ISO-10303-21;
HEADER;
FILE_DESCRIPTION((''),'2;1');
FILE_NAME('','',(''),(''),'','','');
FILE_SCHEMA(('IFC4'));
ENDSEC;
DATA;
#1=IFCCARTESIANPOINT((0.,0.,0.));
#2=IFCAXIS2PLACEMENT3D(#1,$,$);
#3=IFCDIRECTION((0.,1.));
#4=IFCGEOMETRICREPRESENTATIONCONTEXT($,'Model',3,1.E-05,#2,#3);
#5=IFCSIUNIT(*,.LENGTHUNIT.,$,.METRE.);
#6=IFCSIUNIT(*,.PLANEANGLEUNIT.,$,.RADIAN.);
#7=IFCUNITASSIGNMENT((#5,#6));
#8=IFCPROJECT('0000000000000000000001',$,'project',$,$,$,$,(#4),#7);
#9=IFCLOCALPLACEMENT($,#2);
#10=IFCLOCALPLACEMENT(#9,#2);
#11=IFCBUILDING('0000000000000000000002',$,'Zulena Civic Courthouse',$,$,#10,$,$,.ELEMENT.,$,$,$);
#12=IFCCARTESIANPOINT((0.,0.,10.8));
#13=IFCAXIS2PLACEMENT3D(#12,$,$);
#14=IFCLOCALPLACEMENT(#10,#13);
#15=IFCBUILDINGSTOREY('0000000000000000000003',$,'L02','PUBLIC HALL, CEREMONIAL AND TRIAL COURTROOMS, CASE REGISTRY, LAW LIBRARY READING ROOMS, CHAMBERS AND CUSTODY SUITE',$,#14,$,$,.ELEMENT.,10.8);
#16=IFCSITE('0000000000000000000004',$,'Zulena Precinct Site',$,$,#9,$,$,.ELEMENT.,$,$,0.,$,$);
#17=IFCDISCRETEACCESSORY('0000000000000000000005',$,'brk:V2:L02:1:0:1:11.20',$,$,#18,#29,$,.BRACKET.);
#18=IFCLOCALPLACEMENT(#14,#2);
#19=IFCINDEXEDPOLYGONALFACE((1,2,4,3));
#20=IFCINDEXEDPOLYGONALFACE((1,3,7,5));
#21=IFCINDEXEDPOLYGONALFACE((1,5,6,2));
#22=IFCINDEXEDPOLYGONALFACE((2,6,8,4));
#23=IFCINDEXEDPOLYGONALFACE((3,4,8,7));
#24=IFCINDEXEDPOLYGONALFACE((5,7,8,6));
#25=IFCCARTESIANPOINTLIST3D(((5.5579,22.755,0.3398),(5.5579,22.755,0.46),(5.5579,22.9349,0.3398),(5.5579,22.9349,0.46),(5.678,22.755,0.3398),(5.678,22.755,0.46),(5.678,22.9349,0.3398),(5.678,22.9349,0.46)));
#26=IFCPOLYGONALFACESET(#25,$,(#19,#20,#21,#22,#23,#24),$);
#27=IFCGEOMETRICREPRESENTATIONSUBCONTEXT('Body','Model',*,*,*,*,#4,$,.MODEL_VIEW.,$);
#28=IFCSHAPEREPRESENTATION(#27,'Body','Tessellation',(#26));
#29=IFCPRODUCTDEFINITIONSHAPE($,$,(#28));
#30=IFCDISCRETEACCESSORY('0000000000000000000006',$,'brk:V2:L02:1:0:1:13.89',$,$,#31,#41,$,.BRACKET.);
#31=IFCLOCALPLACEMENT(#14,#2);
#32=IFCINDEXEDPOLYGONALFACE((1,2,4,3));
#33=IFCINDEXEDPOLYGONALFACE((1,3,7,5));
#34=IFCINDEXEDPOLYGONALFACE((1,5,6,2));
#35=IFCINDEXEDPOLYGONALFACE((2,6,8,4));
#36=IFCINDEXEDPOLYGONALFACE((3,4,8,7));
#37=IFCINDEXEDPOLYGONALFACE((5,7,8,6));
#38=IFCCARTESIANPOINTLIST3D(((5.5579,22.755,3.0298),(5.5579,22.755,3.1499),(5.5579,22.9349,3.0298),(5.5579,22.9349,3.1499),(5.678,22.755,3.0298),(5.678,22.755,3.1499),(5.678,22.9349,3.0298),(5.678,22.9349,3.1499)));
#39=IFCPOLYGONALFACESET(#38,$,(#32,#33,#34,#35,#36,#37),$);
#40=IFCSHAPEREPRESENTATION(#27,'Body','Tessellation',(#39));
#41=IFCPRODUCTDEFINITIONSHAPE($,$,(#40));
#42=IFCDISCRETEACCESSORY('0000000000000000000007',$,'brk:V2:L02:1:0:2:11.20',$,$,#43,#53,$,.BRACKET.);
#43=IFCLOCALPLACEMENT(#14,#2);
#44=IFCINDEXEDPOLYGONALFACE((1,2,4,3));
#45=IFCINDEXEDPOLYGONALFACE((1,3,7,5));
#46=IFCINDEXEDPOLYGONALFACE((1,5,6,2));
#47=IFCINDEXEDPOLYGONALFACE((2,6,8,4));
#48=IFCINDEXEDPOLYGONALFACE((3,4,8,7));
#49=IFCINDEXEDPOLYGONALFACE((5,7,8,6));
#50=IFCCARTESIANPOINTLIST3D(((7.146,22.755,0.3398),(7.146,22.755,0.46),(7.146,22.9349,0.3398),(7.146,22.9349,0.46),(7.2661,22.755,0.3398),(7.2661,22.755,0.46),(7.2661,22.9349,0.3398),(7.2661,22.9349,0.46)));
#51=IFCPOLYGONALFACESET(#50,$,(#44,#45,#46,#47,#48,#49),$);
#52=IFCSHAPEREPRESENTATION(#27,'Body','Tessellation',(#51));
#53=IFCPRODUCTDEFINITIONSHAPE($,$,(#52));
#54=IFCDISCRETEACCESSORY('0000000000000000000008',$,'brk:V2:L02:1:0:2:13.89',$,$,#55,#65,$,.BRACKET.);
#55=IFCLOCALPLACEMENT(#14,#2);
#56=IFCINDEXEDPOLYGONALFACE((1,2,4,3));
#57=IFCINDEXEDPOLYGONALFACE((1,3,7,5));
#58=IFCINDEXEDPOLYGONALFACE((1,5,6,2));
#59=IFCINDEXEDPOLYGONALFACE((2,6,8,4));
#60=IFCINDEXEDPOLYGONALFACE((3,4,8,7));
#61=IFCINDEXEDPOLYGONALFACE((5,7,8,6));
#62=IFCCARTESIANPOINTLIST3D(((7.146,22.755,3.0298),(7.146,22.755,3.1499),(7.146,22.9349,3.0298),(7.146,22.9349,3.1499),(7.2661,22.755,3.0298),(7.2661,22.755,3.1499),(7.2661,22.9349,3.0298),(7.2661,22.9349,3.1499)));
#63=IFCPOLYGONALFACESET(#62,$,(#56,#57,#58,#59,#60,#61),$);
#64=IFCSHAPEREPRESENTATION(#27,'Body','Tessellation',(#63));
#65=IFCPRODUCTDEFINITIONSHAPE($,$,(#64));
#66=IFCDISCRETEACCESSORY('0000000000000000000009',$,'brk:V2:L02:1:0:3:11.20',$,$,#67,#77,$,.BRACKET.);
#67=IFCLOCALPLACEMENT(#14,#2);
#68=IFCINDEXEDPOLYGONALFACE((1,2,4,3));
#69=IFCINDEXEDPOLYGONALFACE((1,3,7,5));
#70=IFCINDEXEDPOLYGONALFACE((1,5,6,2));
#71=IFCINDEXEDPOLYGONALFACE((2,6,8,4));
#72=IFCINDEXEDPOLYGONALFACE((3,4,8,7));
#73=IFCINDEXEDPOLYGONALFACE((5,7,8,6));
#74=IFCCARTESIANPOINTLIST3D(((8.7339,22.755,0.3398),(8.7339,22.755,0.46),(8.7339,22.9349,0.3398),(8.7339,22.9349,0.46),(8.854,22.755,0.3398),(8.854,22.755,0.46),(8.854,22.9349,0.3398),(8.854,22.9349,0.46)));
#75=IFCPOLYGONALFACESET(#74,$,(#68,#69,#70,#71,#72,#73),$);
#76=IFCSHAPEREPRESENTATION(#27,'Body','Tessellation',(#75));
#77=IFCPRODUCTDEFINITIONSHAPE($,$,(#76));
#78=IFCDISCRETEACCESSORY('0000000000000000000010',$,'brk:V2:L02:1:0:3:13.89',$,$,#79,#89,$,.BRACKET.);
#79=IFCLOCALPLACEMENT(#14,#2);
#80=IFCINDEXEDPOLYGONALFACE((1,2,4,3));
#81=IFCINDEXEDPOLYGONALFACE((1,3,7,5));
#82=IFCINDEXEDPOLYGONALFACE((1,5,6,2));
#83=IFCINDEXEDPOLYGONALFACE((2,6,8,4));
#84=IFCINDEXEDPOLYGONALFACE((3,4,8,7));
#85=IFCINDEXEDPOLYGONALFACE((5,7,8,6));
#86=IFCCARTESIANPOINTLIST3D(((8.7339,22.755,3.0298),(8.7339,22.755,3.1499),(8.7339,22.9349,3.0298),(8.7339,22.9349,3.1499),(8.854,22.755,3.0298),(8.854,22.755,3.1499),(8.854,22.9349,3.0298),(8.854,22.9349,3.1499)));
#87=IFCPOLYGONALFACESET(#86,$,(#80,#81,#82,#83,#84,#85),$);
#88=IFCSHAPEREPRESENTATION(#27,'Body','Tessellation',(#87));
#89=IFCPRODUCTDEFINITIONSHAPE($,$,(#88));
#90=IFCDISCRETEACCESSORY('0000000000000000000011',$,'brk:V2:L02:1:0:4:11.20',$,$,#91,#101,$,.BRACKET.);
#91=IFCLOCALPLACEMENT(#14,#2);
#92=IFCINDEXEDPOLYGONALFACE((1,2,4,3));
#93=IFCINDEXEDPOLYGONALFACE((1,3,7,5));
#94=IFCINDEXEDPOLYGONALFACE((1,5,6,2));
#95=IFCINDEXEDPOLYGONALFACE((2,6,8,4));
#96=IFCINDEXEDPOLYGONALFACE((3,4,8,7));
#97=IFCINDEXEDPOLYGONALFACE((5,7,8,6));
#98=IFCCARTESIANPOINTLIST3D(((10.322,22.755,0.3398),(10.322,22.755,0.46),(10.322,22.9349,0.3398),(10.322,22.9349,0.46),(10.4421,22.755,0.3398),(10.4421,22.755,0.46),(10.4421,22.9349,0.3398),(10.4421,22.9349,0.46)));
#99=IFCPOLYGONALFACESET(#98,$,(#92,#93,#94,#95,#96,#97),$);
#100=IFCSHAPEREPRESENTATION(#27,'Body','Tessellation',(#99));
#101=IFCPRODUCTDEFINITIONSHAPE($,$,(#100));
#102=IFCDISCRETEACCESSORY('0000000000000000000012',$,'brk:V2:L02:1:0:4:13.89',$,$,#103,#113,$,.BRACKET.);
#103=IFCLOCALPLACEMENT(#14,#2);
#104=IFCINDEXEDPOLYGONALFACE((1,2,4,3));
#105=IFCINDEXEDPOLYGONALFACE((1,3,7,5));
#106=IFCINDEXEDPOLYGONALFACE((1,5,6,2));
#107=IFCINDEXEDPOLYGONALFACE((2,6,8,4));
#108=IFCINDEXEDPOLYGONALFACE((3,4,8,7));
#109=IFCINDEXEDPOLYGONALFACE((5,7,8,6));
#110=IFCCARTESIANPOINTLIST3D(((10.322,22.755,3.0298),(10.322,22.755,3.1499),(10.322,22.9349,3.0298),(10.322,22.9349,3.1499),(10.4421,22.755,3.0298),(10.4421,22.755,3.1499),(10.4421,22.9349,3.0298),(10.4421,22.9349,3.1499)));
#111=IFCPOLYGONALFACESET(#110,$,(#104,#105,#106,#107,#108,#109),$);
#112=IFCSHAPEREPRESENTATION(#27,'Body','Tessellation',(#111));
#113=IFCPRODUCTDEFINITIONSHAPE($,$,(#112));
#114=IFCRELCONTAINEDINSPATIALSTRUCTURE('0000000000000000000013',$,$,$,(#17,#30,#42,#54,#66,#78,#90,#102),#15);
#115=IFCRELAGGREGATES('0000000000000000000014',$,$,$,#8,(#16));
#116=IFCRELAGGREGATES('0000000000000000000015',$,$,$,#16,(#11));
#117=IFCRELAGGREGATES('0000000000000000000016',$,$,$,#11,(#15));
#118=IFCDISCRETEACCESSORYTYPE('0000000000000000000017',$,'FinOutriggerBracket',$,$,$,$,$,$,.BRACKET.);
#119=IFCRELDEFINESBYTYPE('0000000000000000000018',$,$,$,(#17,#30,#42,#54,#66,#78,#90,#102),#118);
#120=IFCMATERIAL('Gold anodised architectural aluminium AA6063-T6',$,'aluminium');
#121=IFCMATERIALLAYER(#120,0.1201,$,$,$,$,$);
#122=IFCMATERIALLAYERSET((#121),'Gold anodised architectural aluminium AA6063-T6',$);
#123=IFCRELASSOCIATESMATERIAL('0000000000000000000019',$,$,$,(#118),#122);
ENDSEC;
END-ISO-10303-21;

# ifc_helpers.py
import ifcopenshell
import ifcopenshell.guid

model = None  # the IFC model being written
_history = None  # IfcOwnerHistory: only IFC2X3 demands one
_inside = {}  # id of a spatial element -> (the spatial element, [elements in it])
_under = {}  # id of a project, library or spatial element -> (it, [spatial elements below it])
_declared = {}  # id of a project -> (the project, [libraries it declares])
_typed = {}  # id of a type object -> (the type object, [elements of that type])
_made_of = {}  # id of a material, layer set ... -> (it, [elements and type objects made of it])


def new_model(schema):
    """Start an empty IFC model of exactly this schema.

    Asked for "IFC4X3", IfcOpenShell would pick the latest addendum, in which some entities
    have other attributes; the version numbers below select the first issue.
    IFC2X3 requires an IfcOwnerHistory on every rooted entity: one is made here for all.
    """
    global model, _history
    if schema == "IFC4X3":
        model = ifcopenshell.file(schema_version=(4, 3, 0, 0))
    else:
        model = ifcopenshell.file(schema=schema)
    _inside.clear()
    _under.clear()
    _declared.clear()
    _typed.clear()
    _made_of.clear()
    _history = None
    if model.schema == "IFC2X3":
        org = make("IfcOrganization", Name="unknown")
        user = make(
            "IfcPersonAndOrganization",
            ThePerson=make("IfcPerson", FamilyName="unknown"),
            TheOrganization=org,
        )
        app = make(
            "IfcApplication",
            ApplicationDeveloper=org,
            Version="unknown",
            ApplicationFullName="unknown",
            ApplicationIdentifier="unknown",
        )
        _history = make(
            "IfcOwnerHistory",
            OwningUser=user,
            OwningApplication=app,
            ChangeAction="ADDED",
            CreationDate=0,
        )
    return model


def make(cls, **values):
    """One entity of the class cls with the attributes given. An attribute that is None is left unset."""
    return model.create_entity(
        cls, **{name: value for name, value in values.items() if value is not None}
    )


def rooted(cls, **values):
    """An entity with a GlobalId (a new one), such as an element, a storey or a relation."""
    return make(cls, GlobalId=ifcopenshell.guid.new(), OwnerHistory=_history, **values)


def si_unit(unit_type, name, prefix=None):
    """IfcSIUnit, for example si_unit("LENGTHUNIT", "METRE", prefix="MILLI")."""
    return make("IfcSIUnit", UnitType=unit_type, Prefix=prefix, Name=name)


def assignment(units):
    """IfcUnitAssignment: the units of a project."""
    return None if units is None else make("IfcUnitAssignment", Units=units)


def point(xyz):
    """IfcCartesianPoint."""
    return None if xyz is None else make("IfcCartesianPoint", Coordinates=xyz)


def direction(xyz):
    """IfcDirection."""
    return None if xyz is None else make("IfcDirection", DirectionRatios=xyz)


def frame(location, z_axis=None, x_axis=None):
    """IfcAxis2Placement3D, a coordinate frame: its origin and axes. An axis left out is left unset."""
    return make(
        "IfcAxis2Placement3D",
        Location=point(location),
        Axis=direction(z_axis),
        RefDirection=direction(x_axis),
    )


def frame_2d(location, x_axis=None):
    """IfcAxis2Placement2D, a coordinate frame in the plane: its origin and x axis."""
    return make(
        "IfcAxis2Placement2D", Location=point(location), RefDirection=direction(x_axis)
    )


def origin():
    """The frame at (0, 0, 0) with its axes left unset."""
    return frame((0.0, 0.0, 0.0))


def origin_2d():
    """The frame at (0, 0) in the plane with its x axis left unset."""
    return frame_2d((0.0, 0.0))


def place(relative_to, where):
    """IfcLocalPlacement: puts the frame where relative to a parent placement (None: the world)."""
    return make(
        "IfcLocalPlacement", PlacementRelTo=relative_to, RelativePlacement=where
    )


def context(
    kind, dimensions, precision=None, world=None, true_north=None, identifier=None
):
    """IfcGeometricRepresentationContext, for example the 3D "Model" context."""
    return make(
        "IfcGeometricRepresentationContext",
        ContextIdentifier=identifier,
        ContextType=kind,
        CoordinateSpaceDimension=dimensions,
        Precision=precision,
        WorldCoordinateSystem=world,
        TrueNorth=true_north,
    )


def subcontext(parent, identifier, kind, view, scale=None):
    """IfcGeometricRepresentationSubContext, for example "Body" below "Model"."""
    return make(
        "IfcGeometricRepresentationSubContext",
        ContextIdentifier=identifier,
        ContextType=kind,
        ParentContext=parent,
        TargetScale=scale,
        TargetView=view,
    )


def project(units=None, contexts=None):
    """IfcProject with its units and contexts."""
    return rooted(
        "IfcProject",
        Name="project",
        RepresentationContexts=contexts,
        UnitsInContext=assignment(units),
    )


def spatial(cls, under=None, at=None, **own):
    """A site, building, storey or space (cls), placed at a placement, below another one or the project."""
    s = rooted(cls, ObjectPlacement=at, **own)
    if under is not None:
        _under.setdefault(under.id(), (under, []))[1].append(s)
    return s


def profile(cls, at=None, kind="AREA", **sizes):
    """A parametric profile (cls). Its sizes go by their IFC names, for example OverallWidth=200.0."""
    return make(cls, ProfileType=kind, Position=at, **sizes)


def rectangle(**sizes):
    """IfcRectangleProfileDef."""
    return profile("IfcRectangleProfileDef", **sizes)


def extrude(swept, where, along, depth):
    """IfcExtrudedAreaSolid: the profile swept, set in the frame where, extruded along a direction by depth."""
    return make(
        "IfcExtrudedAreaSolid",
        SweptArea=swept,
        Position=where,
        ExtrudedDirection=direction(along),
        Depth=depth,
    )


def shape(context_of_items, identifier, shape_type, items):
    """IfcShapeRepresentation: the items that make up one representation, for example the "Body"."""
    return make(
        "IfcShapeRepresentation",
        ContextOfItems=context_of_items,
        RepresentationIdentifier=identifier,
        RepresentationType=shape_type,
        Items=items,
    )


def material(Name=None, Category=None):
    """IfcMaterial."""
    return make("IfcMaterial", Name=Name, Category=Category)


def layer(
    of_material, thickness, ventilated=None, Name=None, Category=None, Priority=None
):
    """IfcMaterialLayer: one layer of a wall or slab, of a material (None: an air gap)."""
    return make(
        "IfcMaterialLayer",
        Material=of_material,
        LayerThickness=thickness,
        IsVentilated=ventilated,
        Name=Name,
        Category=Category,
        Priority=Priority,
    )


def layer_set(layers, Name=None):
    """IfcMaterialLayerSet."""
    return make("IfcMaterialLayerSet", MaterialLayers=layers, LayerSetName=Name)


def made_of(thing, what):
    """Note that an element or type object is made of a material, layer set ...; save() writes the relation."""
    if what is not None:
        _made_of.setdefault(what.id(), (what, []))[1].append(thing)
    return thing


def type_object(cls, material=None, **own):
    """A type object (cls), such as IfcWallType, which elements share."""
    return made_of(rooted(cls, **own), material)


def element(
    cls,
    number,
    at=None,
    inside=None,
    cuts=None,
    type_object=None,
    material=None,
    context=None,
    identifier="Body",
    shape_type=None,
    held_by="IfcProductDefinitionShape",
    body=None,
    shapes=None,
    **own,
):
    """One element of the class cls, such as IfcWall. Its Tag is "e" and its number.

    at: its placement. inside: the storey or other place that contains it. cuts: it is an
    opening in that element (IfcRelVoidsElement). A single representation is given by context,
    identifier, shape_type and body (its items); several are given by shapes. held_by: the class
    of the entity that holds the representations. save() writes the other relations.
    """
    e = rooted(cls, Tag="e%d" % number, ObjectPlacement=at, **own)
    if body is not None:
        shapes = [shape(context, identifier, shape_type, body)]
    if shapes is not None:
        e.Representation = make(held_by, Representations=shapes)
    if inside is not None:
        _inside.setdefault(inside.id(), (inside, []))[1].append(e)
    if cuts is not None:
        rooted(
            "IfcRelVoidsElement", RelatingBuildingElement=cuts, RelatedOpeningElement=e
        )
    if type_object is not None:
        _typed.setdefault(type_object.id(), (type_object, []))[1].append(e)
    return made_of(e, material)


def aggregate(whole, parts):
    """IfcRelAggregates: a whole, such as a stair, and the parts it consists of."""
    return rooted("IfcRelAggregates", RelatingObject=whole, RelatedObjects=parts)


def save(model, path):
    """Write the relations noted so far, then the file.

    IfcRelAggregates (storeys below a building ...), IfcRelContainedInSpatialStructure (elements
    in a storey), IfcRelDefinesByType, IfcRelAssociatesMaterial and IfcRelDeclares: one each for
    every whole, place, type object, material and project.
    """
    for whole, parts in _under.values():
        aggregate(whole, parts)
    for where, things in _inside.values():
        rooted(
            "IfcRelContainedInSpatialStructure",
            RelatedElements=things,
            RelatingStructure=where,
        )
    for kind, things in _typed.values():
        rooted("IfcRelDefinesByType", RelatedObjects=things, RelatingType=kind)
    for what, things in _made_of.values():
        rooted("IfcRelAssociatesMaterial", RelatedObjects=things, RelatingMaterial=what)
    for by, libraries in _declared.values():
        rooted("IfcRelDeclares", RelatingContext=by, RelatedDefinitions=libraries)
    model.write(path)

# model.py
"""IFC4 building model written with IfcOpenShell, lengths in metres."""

from ifc_helpers import new_model, si_unit, direction, frame, origin, origin_2d, place, context, subcontext, project, spatial, rectangle, extrude, material, layer, layer_set, type_object, element, save


model = new_model("IFC4")

# Units and contexts
model_context = context("Model", 3, precision=1e-05, world=origin(), true_north=direction((0.0, 1.0)))
body_context = subcontext(model_context, "Body", "Model", "MODEL_VIEW")
ifc_project = project(units=[si_unit("LENGTHUNIT", "METRE"), si_unit("PLANEANGLEUNIT", "RADIAN")], contexts=[model_context])

# Site, building, storey
site_placement = place(None, origin())
site = spatial("IfcSite", under=ifc_project, at=site_placement, Name="Zulena Precinct Site", CompositionType="ELEMENT", RefElevation=0.0)
building_placement = place(site_placement, origin())
building = spatial("IfcBuilding", under=site, at=building_placement, Name="Zulena Civic Courthouse", CompositionType="ELEMENT")
storey_placement = place(building_placement, frame((0.0, 0.0, 10.8)))
storey = spatial("IfcBuildingStorey", under=building, at=storey_placement, Name="L02", Description="PUBLIC HALL, CEREMONIAL AND TRIAL COURTROOMS, CASE REGISTRY, LAW LIBRARY READING ROOMS, CHAMBERS AND CUSTODY SUITE", CompositionType="ELEMENT", Elevation=10.8)

# Shared definitions
ifc_material_1 = material(Name="Gold anodised architectural aluminium AA6063-T6", Category="aluminium")

# Discrete accessories
ifc_layer_1 = layer(ifc_material_1, 0.1201)
ifc_layer_set_1 = layer_set([ifc_layer_1], Name="Gold anodised architectural aluminium AA6063-T6")
discrete_accessory_type = type_object("IfcDiscreteAccessoryType", Name="FinOutriggerBracket", PredefinedType="BRACKET", material=ifc_layer_set_1)
for number, where, z_axis, x_axis, name in (
    (1, (5.6179, 22.845, 0.3398), (0.0, 0.0, 1.0), (0.0, 1.0, 0.0), "brk:V2:L02:1:0:1:11.20"),
    (2, (5.6179, 22.845, 3.0298), (0.0, 0.0, 1.0), (0.0, 1.0, 0.0), "brk:V2:L02:1:0:1:13.89"),
    (3, (7.2061, 22.845, 0.3398), (0.0, 0.0, 1.0), (0.0, 1.0, 0.0), "brk:V2:L02:1:0:2:11.20"),
    (4, (7.2061, 22.845, 3.0298), (0.0, 0.0, 1.0), (0.0, 1.0, 0.0), "brk:V2:L02:1:0:2:13.89"),
    (5, (8.7939, 22.845, 0.3398), (0.0, 0.0, 1.0), (0.0, 1.0, 0.0), "brk:V2:L02:1:0:3:11.20"),
    (6, (8.7939, 22.845, 3.0298), (0.0, 0.0, 1.0), (0.0, 1.0, 0.0), "brk:V2:L02:1:0:3:13.89"),
    (7, (10.3821, 22.845, 0.3398), (0.0, 0.0, 1.0), (0.0, 1.0, 0.0), "brk:V2:L02:1:0:4:11.20"),
    (8, (10.3821, 22.845, 3.0298), (0.0, 0.0, 1.0), (0.0, 1.0, 0.0), "brk:V2:L02:1:0:4:13.89"),
):
    element("IfcDiscreteAccessory", number, at=place(storey_placement, frame(where, z_axis=z_axis, x_axis=x_axis)), inside=storey, type_object=discrete_accessory_type, Name=name, PredefinedType="BRACKET", context=body_context, shape_type="SweptSolid", body=[
        extrude(rectangle(XDim=0.1799, YDim=0.1201, at=origin_2d()), origin(), (0.0, 0.0, 1.0), 0.1201),
    ])

save(model, "model.ifc")
